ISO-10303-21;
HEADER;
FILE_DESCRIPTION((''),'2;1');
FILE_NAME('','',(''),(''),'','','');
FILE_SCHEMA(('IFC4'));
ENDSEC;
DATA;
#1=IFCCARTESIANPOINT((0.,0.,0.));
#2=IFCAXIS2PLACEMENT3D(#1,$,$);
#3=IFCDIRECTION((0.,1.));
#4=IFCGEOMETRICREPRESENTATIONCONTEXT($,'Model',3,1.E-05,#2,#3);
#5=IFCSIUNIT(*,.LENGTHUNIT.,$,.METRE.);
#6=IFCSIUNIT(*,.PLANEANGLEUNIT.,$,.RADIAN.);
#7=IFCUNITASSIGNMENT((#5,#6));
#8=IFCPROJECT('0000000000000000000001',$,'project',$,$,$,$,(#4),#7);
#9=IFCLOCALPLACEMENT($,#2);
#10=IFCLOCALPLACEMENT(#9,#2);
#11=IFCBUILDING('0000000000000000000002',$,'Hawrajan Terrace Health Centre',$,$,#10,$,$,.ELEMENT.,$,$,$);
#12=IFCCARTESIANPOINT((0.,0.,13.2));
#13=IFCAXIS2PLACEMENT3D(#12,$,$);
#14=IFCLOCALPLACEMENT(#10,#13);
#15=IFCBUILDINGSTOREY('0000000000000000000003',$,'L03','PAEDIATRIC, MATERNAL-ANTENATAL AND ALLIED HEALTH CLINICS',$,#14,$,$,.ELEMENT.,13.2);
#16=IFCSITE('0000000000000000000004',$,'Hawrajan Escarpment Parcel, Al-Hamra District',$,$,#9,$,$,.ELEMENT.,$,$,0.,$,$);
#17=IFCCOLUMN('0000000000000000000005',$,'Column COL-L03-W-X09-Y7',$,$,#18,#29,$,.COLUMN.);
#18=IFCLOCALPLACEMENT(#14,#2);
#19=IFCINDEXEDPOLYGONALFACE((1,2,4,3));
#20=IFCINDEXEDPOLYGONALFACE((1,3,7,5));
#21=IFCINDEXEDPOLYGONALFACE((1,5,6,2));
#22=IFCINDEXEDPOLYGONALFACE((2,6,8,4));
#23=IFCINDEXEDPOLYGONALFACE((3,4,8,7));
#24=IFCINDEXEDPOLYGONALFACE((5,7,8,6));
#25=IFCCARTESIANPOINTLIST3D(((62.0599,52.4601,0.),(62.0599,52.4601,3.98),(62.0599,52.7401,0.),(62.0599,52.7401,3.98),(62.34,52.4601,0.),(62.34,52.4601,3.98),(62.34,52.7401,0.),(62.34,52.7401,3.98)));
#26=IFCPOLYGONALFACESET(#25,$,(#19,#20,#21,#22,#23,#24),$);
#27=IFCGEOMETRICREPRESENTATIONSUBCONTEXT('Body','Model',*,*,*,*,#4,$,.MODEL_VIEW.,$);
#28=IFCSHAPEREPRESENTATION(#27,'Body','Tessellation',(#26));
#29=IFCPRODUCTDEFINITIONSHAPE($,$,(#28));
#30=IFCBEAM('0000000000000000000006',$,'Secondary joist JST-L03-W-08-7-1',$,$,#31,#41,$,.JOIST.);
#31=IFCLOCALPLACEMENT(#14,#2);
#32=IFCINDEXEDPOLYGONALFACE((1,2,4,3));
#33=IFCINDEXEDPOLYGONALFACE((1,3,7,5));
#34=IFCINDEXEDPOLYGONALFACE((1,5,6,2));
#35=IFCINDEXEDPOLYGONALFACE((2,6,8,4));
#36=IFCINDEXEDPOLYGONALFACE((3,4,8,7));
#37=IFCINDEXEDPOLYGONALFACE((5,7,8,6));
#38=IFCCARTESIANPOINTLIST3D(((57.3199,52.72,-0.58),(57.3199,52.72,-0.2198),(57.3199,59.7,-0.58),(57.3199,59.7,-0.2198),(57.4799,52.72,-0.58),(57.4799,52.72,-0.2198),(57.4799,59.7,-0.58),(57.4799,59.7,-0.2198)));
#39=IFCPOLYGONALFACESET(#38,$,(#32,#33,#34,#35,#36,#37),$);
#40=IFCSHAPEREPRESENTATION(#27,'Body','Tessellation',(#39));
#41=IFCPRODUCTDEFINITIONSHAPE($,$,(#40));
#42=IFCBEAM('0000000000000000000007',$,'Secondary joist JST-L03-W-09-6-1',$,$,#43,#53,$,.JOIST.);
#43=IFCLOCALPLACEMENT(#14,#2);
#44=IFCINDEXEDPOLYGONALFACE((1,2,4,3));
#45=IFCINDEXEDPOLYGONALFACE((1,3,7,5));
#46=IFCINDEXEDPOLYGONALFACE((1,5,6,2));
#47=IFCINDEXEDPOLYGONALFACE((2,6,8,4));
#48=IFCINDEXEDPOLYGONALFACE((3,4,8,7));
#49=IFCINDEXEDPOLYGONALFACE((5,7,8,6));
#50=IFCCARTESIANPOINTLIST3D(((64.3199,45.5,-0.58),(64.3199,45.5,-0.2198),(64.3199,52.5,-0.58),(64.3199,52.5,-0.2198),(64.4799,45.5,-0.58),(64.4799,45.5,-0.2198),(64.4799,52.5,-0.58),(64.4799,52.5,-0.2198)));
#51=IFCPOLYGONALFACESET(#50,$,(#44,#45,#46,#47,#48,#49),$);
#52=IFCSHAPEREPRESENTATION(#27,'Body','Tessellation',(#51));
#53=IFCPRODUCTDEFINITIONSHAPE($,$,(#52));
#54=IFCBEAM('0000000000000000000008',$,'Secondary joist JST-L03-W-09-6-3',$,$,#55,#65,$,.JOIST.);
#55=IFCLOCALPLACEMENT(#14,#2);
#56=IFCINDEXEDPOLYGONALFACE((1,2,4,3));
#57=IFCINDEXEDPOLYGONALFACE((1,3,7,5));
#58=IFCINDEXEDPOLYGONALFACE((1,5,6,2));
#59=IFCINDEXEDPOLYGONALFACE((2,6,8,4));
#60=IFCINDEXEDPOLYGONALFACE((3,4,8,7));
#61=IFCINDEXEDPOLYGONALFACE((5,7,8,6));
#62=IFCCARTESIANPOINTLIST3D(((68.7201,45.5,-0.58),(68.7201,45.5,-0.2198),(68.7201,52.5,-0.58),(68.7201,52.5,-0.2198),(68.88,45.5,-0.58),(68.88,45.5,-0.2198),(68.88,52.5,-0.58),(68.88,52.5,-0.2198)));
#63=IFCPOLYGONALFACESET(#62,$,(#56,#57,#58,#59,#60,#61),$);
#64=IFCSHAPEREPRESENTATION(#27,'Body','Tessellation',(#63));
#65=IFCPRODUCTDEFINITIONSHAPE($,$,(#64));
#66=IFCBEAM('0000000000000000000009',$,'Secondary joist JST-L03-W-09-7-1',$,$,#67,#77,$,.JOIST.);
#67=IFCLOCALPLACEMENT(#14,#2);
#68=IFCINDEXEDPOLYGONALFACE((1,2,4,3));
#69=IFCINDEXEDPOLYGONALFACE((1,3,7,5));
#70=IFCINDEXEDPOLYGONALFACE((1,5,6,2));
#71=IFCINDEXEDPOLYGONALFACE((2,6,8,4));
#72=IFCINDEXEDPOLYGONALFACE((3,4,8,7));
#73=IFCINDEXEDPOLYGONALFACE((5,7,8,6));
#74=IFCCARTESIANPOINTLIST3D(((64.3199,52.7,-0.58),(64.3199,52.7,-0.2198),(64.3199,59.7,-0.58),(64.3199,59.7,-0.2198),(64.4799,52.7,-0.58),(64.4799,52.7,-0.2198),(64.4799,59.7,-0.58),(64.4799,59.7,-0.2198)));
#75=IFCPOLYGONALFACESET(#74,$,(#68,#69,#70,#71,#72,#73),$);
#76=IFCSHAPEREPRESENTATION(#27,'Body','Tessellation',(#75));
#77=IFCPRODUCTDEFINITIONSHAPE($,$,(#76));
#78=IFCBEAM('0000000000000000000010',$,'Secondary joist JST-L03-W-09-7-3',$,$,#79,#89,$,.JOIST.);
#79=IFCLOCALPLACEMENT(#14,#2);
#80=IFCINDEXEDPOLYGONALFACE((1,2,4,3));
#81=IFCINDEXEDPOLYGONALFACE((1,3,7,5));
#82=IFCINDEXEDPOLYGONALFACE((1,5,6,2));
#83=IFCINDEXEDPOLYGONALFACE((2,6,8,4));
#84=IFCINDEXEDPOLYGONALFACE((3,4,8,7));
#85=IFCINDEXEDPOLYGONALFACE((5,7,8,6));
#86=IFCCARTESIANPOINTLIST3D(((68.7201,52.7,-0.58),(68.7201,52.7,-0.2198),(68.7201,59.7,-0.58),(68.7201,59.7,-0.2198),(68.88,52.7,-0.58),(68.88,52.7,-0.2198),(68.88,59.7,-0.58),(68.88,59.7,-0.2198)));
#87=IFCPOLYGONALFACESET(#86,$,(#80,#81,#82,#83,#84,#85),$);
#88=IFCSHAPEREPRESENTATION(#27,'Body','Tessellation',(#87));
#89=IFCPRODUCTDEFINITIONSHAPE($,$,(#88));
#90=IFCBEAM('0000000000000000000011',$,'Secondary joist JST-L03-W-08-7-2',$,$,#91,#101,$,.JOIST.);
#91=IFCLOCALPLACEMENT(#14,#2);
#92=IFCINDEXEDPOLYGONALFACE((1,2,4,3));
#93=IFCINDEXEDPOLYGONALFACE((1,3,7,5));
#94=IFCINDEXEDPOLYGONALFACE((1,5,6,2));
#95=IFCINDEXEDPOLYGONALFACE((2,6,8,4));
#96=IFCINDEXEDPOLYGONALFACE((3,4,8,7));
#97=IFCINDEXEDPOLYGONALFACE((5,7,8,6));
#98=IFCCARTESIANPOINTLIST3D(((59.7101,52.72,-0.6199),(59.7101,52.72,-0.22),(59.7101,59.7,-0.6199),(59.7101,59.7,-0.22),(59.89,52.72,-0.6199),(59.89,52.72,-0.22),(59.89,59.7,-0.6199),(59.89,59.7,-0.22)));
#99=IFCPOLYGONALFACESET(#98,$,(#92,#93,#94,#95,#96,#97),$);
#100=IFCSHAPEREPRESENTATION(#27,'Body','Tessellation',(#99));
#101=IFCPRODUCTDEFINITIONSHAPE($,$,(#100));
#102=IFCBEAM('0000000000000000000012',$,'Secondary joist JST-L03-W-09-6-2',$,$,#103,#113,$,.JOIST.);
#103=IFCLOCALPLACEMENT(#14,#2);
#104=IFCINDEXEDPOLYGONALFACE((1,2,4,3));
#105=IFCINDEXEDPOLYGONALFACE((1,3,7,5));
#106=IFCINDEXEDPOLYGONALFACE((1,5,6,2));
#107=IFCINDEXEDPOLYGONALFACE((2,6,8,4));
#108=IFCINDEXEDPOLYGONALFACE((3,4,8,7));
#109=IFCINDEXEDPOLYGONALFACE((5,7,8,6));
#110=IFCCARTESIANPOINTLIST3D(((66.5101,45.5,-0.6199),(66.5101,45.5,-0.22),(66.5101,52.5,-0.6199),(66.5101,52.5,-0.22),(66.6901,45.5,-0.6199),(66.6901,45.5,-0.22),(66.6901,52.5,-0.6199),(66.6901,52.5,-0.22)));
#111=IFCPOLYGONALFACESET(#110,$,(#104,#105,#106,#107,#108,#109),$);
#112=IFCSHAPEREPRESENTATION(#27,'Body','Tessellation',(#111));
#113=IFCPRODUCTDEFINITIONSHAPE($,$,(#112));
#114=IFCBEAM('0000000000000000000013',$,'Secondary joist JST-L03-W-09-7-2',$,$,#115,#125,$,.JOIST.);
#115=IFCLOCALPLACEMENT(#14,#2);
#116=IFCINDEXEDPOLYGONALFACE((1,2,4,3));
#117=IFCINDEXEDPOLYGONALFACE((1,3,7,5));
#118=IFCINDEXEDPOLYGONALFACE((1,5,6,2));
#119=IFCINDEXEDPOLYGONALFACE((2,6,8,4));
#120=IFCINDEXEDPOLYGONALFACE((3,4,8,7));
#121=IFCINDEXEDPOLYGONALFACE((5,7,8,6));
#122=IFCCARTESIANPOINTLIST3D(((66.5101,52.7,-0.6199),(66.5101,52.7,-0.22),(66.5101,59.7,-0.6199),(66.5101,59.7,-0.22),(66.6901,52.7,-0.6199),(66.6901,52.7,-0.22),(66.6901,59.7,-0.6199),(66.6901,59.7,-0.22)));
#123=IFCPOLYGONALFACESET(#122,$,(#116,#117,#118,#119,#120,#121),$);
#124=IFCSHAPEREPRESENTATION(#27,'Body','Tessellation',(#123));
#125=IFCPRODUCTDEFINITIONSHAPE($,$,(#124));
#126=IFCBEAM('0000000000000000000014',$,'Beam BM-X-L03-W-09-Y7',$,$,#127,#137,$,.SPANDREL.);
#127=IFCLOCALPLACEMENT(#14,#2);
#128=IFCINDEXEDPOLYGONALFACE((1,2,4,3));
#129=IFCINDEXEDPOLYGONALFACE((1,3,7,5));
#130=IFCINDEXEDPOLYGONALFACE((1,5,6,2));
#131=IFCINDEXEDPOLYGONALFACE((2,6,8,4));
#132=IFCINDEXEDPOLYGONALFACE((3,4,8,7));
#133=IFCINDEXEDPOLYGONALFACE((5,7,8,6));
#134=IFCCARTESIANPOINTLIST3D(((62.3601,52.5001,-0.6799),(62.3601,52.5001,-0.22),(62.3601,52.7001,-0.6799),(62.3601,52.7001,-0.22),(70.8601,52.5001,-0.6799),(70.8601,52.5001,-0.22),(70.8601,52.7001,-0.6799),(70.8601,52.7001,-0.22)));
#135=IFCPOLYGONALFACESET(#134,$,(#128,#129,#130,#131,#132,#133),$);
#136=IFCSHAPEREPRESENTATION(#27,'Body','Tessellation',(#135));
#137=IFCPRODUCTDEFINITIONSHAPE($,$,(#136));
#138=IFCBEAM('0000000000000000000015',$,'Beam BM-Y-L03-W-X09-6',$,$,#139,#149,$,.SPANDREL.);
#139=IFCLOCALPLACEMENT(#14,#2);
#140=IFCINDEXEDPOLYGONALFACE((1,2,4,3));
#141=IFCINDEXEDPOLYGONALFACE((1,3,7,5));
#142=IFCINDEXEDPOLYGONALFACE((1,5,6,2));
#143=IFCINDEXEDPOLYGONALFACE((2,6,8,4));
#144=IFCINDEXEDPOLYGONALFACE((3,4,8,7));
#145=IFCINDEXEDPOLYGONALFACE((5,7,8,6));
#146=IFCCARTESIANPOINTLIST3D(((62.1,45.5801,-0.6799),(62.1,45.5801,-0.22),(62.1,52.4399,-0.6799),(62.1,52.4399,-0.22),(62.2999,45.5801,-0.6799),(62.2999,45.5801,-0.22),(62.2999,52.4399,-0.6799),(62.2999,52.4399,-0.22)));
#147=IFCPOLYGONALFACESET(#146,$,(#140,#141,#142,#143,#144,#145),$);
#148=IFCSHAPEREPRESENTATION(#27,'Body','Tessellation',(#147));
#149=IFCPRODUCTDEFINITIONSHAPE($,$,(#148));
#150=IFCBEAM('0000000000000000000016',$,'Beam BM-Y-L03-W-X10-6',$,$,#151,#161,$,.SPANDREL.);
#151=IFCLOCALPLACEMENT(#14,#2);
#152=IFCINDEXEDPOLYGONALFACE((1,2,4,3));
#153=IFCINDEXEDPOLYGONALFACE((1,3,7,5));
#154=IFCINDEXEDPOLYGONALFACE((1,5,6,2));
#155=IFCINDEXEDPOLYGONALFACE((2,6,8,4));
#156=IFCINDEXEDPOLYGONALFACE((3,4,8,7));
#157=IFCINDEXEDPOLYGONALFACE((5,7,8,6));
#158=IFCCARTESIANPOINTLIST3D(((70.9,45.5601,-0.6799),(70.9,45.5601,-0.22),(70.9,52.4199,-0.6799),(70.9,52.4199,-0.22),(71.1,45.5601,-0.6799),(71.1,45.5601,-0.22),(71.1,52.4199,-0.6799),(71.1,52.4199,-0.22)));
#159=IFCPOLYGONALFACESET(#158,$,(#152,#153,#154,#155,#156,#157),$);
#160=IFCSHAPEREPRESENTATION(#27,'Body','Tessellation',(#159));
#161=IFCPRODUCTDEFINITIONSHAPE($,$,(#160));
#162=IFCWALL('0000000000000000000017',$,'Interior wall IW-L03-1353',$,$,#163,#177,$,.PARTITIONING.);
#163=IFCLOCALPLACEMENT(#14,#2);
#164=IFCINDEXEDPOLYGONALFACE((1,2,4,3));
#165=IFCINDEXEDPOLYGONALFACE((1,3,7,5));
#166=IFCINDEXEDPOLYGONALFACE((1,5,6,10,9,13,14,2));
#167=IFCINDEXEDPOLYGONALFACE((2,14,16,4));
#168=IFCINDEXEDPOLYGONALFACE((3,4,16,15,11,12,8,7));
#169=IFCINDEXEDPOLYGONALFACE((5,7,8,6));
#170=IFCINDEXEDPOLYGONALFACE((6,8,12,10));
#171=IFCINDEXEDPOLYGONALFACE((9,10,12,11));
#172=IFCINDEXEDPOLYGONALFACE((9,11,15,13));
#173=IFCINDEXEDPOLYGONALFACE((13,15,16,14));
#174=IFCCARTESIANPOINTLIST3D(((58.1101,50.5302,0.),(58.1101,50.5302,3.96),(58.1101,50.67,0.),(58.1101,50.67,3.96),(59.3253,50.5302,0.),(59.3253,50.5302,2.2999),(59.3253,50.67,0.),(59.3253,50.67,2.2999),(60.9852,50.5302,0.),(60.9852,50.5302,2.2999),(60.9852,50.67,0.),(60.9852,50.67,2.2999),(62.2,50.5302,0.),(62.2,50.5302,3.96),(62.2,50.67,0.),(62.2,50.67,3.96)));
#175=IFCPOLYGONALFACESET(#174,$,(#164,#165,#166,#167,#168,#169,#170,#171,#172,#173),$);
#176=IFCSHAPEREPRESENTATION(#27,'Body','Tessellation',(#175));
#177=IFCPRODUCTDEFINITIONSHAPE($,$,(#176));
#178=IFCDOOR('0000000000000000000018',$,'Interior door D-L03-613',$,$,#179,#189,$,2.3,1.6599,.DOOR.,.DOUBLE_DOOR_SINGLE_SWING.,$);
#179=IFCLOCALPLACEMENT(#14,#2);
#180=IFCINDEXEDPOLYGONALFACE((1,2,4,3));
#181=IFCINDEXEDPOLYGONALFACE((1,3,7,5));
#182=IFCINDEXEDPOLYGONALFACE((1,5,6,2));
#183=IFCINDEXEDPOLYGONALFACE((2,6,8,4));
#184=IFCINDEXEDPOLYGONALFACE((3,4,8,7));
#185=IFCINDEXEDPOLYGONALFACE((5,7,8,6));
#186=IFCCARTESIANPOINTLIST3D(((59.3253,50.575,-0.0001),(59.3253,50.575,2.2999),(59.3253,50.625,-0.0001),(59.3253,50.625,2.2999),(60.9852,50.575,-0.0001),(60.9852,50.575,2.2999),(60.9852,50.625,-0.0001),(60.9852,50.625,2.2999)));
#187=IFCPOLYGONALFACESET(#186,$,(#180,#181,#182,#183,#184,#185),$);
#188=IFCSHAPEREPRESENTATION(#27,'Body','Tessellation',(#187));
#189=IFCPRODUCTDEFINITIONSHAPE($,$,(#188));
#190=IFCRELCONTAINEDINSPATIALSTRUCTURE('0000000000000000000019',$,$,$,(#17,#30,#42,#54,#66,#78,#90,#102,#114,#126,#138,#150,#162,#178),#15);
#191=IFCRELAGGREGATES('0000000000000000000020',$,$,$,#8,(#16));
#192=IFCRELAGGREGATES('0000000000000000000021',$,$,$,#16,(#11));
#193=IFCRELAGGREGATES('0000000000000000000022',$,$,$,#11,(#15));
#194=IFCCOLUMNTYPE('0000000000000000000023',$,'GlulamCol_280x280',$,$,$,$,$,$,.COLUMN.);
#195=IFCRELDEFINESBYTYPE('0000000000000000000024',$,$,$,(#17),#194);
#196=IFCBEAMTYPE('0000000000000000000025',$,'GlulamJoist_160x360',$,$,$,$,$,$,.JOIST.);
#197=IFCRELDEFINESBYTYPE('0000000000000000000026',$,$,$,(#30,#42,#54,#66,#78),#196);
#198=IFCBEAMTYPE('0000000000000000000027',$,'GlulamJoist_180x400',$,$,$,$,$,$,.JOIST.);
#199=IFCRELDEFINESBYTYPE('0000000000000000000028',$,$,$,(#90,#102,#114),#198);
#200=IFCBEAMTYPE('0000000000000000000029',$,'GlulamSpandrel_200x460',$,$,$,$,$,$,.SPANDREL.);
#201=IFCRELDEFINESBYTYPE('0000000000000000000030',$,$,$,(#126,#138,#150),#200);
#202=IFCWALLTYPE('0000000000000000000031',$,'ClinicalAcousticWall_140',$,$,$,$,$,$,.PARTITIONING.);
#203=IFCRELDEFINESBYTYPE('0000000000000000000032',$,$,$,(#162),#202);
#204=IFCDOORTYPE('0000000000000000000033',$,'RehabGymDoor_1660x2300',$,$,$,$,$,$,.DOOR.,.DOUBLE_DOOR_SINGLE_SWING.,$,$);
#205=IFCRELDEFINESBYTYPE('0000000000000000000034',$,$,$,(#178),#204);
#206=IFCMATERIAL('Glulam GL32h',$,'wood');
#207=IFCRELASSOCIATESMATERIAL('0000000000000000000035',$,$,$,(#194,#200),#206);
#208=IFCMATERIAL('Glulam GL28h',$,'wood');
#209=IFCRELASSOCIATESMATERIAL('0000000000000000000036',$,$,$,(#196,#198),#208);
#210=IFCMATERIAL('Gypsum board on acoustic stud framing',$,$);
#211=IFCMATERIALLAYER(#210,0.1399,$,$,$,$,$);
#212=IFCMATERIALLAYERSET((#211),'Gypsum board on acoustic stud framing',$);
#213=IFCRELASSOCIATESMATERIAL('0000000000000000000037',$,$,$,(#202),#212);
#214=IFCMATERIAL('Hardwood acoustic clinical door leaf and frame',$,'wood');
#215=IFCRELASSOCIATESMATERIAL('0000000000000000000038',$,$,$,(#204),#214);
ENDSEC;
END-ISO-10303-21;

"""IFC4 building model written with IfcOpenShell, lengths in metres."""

from ifc_helpers import new_model, si_unit, direction, frame, frame_2d, origin, origin_2d, place, context, subcontext, project, spatial, rectangle, extrude, material, layer, layer_set, material_profile, profile_set, type_object, element, fill, save


model = new_model("IFC4")

# Units and contexts
model_context = context("Model", 3, precision=1e-05, world=origin(), true_north=direction((0.0, 1.0)))
body_context = subcontext(model_context, "Body", "Model", "MODEL_VIEW")
ifc_project = project(units=[si_unit("LENGTHUNIT", "METRE"), si_unit("PLANEANGLEUNIT", "RADIAN")], contexts=[model_context])

# Site, building, storey
site_placement = place(None, origin())
site = spatial("IfcSite", under=ifc_project, at=site_placement, Name="Hawrajan Escarpment Parcel, Al-Hamra District", CompositionType="ELEMENT", RefElevation=0.0)
building_placement = place(site_placement, origin())
building = spatial("IfcBuilding", under=site, at=building_placement, Name="Hawrajan Terrace Health Centre", CompositionType="ELEMENT")
storey_placement = place(building_placement, frame((0.0, 0.0, 13.2)))
storey = spatial("IfcBuildingStorey", under=building, at=storey_placement, Name="L03", Description="PAEDIATRIC, MATERNAL-ANTENATAL AND ALLIED HEALTH CLINICS", CompositionType="ELEMENT", Elevation=13.2)

# Column
ifc_material_1 = material(Name="Glulam GL32h", Category="wood")
ifc_material_profile_1 = material_profile(ifc_material_1, rectangle(XDim=0.28, YDim=0.28, at=origin_2d()), Name="GL 280x280")
ifc_profile_set_1 = profile_set([ifc_material_profile_1], Name="Glulam GL32h")
column_type = type_object("IfcColumnType", Name="GlulamCol_280x280", PredefinedType="COLUMN", material=ifc_profile_set_1)
column_placement = place(storey_placement, frame((62.2, 52.6001, 0.0), z_axis=(0.0, 0.0, 1.0), x_axis=(1.0, 0.0, 0.0)))
element("IfcColumn", 1, at=column_placement, inside=storey, type_object=column_type, Name="Column COL-L03-W-X09-Y7", PredefinedType="COLUMN", context=body_context, shape_type="SweptSolid", body=[
    extrude(rectangle(XDim=0.28, YDim=0.28, at=origin_2d()), origin(), (0.0, 0.0, 1.0), 3.98),
])

# Beams
ifc_material_2 = material(Name="Glulam GL28h", Category="wood")
ifc_material_profile_2 = material_profile(ifc_material_2, rectangle(XDim=0.1599, YDim=0.3601, at=origin_2d()), Name="GL JST 160x360")
ifc_profile_set_2 = profile_set([ifc_material_profile_2], Name="Glulam GL28h")
beam_type_1 = type_object("IfcBeamType", Name="GlulamJoist_160x360", PredefinedType="JOIST", material=ifc_profile_set_2)
beam_1_placement = place(storey_placement, frame((57.3999, 52.72, -0.3999), z_axis=(0.0, 1.0, 0.0), x_axis=(-1.0, 0.0, 0.0)))
element("IfcBeam", 2, at=beam_1_placement, inside=storey, type_object=beam_type_1, Name="Secondary joist JST-L03-W-08-7-1", PredefinedType="JOIST", context=body_context, shape_type="SweptSolid", body=[
    extrude(rectangle(XDim=0.1599, YDim=0.3601, at=origin_2d()), origin(), (0.0, 0.0, 1.0), 6.98),
])
for number, where, z_axis, x_axis, name in (
    (3, (64.3999, 45.5, -0.3999), (0.0, 1.0, 0.0), (-1.0, 0.0, 0.0), "Secondary joist JST-L03-W-09-6-1"),
    (4, (68.8, 45.5, -0.3999), (0.0, 1.0, 0.0), (-1.0, 0.0, 0.0), "Secondary joist JST-L03-W-09-6-3"),
    (5, (64.3999, 52.7, -0.3999), (0.0, 1.0, 0.0), (-1.0, 0.0, 0.0), "Secondary joist JST-L03-W-09-7-1"),
    (6, (68.8, 52.7, -0.3999), (0.0, 1.0, 0.0), (-1.0, 0.0, 0.0), "Secondary joist JST-L03-W-09-7-3"),
):
    element("IfcBeam", number, at=place(storey_placement, frame(where, z_axis=z_axis, x_axis=x_axis)), inside=storey, type_object=beam_type_1, Name=name, PredefinedType="JOIST", context=body_context, shape_type="SweptSolid", body=[
        extrude(rectangle(XDim=0.1599, YDim=0.3601, at=origin_2d()), origin(), (0.0, 0.0, 1.0), 7.0),
    ])
ifc_material_profile_3 = material_profile(ifc_material_2, rectangle(XDim=0.1799, YDim=0.3999, at=origin_2d()), Name="GL JST 180x400")
ifc_profile_set_3 = profile_set([ifc_material_profile_3], Name="Glulam GL28h")
beam_type_2 = type_object("IfcBeamType", Name="GlulamJoist_180x400", PredefinedType="JOIST", material=ifc_profile_set_3)
beam_2_placement = place(storey_placement, frame((59.8, 52.72, -0.4199), z_axis=(0.0, 1.0, 0.0), x_axis=(-1.0, 0.0, 0.0)))
element("IfcBeam", 7, at=beam_2_placement, inside=storey, type_object=beam_type_2, Name="Secondary joist JST-L03-W-08-7-2", PredefinedType="JOIST", context=body_context, shape_type="SweptSolid", body=[
    extrude(rectangle(XDim=0.1799, YDim=0.3999, at=origin_2d()), origin(), (0.0, 0.0, 1.0), 6.98),
])
for number, where, z_axis, x_axis, name in (
    (8, (66.6001, 45.5, -0.4199), (0.0, 1.0, 0.0), (-1.0, 0.0, 0.0), "Secondary joist JST-L03-W-09-6-2"),
    (9, (66.6001, 52.7, -0.4199), (0.0, 1.0, 0.0), (-1.0, 0.0, 0.0), "Secondary joist JST-L03-W-09-7-2"),
):
    element("IfcBeam", number, at=place(storey_placement, frame(where, z_axis=z_axis, x_axis=x_axis)), inside=storey, type_object=beam_type_2, Name=name, PredefinedType="JOIST", context=body_context, shape_type="SweptSolid", body=[
        extrude(rectangle(XDim=0.1799, YDim=0.3999, at=origin_2d()), origin(), (0.0, 0.0, 1.0), 7.0),
    ])
ifc_material_profile_4 = material_profile(ifc_material_1, rectangle(XDim=0.2, YDim=0.46, at=origin_2d()), Name="GL SP 200x460")
ifc_profile_set_4 = profile_set([ifc_material_profile_4], Name="Glulam GL32h")
beam_type_3 = type_object("IfcBeamType", Name="GlulamSpandrel_200x460", PredefinedType="SPANDREL", material=ifc_profile_set_4)
beam_3_placement = place(storey_placement, frame((62.3601, 52.6001, -0.45), z_axis=(1.0, 0.0, 0.0), x_axis=(0.0, 1.0, 0.0)))
element("IfcBeam", 10, at=beam_3_placement, inside=storey, type_object=beam_type_3, Name="Beam BM-X-L03-W-09-Y7", PredefinedType="SPANDREL", context=body_context, shape_type="SweptSolid", body=[
    extrude(rectangle(XDim=0.2, YDim=0.46, at=origin_2d()), origin(), (0.0, 0.0, 1.0), 8.5),
])
for number, where, z_axis, x_axis, name in (
    (11, (62.2, 45.5801, -0.45), (0.0, 1.0, 0.0), (-1.0, 0.0, 0.0), "Beam BM-Y-L03-W-X09-6"),
    (12, (71.0, 45.5601, -0.45), (0.0, 1.0, 0.0), (-1.0, 0.0, 0.0), "Beam BM-Y-L03-W-X10-6"),
):
    element("IfcBeam", number, at=place(storey_placement, frame(where, z_axis=z_axis, x_axis=x_axis)), inside=storey, type_object=beam_type_3, Name=name, PredefinedType="SPANDREL", context=body_context, shape_type="SweptSolid", body=[
        extrude(rectangle(XDim=0.2, YDim=0.46, at=origin_2d()), origin(), (0.0, 0.0, 1.0), 6.8599),
    ])

# Wall, opening, door
ifc_material_3 = material(Name="Gypsum board on acoustic stud framing")
ifc_layer_1 = layer(ifc_material_3, 0.1399)
ifc_layer_set_1 = layer_set([ifc_layer_1], Name="Gypsum board on acoustic stud framing")
wall_type_1 = type_object("IfcWallType", Name="ClinicalAcousticWall_140", PredefinedType="PARTITIONING", material=ifc_layer_set_1)
wall_1_placement = place(storey_placement, frame((58.1101, 50.6001, 0.0), z_axis=(0.0, 0.0, 1.0), x_axis=(1.0, 0.0, 0.0)))
wall_1 = element("IfcWall", 13, at=wall_1_placement, inside=storey, type_object=wall_type_1, Name="Interior wall IW-L03-1353", PredefinedType="PARTITIONING", context=body_context, shape_type="SweptSolid", body=[
    extrude(rectangle(XDim=4.0898, YDim=0.1399, at=frame_2d((2.0449, 0.0))), origin(), (0.0, 0.0, 1.0), 3.96),
])
opening_1_placement = place(wall_1_placement, frame((1.2151, 0.0, 0.0)))
opening_1 = element("IfcOpeningElement", 14, at=opening_1_placement, cuts=wall_1, PredefinedType="OPENING", context=body_context, shape_type="SweptSolid", body=[
    extrude(rectangle(XDim=1.6599, YDim=2.3, at=frame_2d((0.8301, 1.1499))), frame((0.0, 0.0798, 0.0), z_axis=(0.0, -1.0, 0.0), x_axis=(1.0, 0.0, 0.0)), (0.0, 0.0, 1.0), 0.1599),
])
ifc_material_4 = material(Name="Hardwood acoustic clinical door leaf and frame", Category="wood")
door_type_1 = type_object("IfcDoorType", Name="RehabGymDoor_1660x2300", OperationType="DOUBLE_DOOR_SINGLE_SWING", PredefinedType="DOOR", material=ifc_material_4)
door_1_placement = place(opening_1_placement, origin())
door_1 = element("IfcDoor", 15, at=door_1_placement, inside=storey, type_object=door_type_1, Name="Interior door D-L03-613", OperationType="DOUBLE_DOOR_SINGLE_SWING", OverallHeight=2.3, OverallWidth=1.6599, PredefinedType="DOOR", context=body_context, shape_type="SweptSolid", body=[
    extrude(rectangle(XDim=1.6599, YDim=2.3, at=frame_2d((0.8301, 1.1499))), frame((0.0, 0.0249, 0.0), z_axis=(0.0, -1.0, 0.0), x_axis=(1.0, 0.0, 0.0)), (0.0, 0.0, 1.0), 0.05),
])
fill(opening_1, door_1)

save(model, "model.ifc")
